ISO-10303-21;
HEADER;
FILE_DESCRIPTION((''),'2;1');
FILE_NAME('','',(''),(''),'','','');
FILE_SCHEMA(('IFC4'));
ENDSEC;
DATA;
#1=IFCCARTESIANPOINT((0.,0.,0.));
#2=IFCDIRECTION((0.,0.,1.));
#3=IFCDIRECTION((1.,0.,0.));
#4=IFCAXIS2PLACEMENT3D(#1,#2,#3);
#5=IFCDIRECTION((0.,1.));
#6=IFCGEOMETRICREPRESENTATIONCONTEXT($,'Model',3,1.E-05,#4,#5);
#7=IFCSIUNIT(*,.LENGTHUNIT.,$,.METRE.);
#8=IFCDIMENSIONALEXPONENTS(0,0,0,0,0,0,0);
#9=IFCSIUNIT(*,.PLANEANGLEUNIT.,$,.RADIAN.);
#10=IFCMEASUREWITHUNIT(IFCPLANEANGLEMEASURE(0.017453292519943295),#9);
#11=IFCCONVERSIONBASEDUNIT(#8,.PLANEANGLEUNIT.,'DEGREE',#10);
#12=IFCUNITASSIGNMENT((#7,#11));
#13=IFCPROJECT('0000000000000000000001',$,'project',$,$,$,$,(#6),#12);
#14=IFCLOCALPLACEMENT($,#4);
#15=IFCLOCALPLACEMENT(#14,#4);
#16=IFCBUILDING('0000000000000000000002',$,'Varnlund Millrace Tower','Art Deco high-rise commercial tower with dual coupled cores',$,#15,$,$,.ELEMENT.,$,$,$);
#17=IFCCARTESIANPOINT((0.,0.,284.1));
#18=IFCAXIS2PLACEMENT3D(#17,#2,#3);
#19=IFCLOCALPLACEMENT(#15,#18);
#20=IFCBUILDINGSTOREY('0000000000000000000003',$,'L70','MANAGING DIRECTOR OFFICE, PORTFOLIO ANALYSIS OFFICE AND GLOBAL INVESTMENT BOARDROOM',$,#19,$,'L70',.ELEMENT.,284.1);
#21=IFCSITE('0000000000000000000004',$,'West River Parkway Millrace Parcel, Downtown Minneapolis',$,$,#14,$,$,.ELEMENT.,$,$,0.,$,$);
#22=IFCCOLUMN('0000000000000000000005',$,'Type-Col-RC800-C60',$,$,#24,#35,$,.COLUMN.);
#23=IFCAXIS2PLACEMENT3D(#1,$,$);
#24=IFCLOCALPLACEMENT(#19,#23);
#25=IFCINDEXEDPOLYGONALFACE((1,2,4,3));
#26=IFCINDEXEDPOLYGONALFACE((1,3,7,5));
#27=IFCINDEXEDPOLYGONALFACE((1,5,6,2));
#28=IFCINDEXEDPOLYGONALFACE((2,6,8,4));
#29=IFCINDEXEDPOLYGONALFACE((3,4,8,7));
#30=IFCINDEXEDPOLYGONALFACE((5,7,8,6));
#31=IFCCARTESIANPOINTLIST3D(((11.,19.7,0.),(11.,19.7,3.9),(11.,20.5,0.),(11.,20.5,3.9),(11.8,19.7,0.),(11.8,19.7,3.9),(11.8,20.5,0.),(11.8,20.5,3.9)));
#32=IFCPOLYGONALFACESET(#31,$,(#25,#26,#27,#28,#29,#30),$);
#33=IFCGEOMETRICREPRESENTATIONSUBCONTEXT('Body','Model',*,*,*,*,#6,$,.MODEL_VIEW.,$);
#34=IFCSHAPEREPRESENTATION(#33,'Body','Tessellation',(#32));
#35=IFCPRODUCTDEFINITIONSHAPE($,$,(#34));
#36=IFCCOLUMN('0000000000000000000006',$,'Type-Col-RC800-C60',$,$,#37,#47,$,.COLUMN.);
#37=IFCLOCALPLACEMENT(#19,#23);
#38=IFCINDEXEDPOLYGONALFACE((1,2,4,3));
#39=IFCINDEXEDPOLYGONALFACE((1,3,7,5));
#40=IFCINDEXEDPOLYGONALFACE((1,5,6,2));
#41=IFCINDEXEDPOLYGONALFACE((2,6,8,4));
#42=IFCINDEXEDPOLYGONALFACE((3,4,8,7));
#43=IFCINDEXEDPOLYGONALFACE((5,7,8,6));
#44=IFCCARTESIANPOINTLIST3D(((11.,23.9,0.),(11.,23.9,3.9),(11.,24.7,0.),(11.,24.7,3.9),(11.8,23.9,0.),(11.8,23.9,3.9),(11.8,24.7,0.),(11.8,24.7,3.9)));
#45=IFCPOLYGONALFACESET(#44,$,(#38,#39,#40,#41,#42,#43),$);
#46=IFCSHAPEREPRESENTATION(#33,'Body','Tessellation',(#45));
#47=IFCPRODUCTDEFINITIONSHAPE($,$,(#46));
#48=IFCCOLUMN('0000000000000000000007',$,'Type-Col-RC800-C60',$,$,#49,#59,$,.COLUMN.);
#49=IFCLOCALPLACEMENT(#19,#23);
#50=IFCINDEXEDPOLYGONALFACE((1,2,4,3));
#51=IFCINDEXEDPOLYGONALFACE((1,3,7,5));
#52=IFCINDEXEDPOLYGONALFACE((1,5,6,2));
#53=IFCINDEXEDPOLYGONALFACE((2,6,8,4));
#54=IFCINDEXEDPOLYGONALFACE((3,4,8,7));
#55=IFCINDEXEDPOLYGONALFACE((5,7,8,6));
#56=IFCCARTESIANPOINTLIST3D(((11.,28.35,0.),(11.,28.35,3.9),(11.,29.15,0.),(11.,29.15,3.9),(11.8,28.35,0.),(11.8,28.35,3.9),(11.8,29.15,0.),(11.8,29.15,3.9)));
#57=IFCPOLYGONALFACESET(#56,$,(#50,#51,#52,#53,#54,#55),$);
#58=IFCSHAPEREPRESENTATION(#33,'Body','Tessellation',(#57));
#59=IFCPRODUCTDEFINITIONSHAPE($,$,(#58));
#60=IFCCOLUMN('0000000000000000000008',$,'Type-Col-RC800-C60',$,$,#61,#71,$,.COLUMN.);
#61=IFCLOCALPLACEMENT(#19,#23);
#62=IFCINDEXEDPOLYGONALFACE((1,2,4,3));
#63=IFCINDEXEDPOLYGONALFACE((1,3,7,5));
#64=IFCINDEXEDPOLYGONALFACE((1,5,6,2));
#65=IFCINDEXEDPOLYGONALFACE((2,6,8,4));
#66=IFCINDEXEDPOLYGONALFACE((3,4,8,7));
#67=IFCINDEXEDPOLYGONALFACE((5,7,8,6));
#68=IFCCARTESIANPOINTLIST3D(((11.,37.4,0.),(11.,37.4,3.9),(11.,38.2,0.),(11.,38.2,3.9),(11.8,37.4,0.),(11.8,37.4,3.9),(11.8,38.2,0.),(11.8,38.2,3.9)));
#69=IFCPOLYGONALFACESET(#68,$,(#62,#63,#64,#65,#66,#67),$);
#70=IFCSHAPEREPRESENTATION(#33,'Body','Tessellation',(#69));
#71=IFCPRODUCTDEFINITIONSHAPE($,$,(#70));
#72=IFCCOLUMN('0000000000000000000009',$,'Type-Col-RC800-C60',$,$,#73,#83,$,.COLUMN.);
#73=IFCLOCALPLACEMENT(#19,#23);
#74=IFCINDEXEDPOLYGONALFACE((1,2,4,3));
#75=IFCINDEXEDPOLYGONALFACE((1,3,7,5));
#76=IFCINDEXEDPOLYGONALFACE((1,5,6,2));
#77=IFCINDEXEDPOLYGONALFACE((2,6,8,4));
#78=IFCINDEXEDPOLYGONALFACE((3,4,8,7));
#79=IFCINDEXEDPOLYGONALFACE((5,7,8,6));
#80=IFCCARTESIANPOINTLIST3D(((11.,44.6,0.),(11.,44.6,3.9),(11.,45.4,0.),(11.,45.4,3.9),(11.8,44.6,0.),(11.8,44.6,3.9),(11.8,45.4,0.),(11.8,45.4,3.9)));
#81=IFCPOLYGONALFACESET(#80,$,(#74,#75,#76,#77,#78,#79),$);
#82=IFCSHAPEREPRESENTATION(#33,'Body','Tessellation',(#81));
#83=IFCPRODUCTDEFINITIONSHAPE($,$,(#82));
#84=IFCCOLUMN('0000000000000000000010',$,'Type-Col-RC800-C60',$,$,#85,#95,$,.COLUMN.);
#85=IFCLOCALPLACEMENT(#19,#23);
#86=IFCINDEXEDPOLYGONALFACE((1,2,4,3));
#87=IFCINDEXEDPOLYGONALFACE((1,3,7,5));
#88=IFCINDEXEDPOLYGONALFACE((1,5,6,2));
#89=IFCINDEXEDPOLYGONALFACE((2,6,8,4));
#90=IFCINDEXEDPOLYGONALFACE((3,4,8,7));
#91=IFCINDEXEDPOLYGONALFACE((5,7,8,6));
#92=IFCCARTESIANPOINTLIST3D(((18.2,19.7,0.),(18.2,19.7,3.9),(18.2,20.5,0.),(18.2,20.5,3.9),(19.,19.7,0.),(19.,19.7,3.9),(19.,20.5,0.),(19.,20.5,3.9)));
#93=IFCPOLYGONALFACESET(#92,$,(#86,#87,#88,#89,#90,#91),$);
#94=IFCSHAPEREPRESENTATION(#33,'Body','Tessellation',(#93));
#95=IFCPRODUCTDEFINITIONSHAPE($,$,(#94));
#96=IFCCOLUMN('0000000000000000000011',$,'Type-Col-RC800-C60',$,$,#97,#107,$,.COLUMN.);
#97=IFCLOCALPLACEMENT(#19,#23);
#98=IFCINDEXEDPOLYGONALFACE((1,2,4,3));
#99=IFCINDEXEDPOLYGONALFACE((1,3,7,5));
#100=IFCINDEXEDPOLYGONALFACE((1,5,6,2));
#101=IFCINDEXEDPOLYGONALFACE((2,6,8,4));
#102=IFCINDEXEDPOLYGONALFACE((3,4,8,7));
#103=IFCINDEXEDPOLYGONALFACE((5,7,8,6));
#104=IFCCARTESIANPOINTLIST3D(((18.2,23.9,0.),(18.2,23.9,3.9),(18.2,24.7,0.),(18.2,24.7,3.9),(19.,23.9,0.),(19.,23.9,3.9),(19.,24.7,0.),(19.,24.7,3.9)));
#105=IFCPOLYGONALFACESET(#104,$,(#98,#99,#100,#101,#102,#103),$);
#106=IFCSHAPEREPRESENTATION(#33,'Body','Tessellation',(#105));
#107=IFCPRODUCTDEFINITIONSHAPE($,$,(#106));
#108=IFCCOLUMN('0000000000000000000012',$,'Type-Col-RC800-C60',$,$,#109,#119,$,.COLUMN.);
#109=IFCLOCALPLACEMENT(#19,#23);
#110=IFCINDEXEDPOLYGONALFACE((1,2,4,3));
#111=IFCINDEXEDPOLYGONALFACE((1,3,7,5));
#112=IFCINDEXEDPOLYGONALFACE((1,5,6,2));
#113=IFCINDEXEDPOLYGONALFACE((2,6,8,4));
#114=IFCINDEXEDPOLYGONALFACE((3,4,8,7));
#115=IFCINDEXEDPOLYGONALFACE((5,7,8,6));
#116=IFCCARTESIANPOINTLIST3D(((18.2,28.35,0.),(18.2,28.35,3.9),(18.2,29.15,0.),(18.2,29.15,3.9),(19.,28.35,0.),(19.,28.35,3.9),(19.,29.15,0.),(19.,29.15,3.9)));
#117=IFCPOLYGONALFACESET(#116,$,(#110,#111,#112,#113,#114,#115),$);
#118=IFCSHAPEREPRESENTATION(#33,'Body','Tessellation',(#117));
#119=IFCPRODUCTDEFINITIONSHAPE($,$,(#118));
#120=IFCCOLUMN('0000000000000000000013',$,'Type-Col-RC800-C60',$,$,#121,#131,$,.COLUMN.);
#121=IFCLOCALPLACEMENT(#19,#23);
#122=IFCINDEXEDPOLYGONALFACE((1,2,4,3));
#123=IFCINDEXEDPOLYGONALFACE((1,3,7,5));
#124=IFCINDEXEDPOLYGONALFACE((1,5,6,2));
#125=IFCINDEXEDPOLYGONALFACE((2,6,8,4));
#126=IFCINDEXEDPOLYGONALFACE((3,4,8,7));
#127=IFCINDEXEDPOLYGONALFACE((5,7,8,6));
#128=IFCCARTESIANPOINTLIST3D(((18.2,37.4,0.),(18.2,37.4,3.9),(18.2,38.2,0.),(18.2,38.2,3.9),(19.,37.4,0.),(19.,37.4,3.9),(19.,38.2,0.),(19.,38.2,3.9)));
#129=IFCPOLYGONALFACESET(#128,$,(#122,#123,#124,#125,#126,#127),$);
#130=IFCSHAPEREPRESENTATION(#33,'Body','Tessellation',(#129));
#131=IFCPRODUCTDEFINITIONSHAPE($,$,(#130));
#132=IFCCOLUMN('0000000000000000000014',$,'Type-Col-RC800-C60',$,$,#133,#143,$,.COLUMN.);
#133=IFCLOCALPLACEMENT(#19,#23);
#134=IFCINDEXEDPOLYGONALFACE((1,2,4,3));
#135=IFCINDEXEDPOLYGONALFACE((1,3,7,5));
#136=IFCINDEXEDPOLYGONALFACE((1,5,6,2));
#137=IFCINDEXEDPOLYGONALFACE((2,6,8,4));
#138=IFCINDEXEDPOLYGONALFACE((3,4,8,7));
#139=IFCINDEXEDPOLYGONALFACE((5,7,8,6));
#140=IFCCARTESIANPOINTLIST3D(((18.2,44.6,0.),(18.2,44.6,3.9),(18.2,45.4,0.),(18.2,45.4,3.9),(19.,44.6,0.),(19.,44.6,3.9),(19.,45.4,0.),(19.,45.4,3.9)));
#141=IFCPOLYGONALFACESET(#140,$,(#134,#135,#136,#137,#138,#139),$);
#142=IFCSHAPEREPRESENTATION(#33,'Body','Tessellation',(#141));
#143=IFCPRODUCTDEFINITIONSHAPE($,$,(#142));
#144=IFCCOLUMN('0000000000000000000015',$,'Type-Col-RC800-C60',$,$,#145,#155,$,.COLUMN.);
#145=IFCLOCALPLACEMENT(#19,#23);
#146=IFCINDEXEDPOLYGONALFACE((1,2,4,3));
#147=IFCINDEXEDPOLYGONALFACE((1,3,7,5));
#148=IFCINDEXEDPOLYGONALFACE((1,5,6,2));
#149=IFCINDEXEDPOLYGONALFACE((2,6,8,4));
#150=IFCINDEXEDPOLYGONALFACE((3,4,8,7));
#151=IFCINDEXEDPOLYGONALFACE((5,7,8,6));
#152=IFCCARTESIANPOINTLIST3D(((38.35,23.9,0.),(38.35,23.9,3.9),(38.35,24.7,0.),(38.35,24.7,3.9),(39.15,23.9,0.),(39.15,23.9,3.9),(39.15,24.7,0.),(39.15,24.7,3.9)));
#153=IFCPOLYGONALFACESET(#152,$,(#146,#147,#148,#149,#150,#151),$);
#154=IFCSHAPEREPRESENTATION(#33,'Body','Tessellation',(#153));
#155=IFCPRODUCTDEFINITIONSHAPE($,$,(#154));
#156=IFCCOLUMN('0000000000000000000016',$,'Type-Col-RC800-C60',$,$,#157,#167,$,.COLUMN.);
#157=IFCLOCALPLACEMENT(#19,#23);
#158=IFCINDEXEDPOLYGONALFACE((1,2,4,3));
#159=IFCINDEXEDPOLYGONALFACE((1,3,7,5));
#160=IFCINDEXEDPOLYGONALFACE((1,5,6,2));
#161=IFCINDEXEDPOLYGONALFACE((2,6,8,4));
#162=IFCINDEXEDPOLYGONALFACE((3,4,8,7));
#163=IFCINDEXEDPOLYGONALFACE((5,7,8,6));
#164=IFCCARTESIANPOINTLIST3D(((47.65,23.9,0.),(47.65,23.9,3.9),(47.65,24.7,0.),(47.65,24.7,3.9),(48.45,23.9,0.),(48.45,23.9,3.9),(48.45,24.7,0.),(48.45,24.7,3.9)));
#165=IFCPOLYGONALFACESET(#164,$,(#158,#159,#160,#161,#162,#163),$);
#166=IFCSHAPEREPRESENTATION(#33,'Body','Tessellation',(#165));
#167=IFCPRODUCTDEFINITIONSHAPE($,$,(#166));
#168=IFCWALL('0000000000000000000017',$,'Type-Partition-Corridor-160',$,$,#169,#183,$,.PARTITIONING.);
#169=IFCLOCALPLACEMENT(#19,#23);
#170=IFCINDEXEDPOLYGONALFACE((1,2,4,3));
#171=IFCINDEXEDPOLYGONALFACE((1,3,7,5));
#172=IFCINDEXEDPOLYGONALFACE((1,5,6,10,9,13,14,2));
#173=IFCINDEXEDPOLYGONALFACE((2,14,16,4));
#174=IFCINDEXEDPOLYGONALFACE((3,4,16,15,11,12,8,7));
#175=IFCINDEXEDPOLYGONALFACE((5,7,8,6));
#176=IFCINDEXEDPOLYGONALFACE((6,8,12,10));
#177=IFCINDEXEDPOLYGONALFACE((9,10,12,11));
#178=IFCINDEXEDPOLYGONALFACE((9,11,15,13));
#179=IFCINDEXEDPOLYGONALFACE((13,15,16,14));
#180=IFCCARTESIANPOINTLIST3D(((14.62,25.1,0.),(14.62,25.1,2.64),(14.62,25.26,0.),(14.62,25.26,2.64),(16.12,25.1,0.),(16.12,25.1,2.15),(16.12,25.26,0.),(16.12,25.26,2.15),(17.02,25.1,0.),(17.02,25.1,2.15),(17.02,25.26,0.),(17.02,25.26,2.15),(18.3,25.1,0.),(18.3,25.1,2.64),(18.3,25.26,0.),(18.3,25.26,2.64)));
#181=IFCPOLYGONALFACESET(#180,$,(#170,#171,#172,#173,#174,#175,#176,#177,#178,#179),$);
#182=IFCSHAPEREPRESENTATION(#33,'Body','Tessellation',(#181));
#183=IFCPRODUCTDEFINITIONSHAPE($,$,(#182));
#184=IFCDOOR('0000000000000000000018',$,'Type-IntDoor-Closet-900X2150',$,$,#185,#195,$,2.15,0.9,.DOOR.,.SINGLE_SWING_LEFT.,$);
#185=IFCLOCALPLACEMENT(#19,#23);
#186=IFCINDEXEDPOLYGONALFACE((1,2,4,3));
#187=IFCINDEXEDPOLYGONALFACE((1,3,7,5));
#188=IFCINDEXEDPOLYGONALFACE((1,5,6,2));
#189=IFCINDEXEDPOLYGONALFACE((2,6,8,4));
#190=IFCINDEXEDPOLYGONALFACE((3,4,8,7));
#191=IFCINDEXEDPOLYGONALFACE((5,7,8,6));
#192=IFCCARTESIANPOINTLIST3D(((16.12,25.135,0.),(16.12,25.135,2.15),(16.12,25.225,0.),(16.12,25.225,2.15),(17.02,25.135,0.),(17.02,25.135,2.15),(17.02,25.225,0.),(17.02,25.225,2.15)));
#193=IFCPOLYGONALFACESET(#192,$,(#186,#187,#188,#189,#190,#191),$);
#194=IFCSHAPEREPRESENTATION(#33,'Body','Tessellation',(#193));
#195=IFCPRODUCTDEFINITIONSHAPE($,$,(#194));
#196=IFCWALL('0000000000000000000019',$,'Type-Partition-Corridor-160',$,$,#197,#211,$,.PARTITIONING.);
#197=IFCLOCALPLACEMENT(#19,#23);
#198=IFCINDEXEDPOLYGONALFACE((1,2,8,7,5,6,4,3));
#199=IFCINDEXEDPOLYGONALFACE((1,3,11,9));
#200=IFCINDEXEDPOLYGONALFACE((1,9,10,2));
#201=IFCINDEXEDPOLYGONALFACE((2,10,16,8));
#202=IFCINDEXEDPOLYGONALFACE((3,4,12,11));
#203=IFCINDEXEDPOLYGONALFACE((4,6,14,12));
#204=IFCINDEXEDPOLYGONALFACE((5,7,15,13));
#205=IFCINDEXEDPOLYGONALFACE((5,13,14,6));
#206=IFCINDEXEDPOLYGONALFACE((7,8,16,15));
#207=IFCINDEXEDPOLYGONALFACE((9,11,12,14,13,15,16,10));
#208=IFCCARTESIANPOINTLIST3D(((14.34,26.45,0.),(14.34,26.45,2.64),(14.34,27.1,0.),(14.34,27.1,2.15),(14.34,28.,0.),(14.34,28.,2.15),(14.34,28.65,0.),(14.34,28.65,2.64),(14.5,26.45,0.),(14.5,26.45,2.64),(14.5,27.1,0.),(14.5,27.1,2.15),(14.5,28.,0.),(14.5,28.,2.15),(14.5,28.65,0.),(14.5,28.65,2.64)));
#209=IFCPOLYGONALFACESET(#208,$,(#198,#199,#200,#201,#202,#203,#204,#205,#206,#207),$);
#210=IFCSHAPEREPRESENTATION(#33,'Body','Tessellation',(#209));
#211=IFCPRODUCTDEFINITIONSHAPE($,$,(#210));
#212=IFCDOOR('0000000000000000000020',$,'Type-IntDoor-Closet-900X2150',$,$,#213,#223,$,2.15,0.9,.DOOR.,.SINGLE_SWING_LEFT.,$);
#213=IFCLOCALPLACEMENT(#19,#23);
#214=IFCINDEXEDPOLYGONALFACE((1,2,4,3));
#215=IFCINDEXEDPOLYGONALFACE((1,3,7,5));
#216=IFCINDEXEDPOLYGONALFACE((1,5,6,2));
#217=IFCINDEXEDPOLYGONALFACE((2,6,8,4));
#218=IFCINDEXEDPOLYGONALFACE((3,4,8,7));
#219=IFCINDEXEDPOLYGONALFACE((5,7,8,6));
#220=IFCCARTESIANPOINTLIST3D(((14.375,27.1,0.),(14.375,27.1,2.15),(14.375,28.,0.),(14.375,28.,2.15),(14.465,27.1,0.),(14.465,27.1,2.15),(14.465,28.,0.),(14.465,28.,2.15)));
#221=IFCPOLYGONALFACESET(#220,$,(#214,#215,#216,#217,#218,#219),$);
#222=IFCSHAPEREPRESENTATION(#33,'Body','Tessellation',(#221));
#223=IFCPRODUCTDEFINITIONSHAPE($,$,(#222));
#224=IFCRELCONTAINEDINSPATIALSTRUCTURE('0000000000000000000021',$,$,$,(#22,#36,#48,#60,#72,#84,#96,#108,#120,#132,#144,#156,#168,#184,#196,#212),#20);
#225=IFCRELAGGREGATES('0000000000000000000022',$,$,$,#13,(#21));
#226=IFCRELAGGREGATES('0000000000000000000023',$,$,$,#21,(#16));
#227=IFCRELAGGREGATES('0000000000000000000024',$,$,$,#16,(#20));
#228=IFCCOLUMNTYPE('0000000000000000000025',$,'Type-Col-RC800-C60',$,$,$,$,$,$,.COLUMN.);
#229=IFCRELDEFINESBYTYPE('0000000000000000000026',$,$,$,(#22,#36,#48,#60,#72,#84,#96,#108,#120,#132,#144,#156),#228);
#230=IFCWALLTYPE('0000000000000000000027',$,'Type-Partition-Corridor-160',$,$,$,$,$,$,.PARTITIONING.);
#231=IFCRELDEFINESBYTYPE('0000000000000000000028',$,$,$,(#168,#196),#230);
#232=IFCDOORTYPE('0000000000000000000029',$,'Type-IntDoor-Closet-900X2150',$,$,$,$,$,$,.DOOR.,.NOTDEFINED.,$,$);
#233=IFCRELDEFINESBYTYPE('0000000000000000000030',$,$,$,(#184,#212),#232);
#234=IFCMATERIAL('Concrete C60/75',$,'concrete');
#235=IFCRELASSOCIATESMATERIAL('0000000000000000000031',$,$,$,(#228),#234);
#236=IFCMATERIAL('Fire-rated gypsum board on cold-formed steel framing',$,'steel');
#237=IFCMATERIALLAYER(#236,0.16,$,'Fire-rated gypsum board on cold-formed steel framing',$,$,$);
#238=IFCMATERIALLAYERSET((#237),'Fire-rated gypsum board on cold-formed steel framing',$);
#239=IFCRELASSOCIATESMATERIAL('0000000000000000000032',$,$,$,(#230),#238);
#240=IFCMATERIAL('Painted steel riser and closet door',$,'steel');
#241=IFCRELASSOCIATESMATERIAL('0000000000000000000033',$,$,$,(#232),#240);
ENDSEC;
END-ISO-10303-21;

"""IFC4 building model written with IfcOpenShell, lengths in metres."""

from ifc_helpers import new_model, entity, si_unit, converted_unit, direction, frame, origin_with_axes, origin_2d_with_axis, place, context, subcontext, project, spatial, polyline, rectangle, outline, extrude, material, layer, layer_set, material_profile, profile_set, type_object, element, fill, save


model = new_model("IFC4")

# Units and contexts
model_context = context("Model", 3, precision=1e-05, world=origin_with_axes(), true_north=direction((0.0, 1.0)))
body_context = subcontext(model_context, "Body", "Model", "MODEL_VIEW")
ifc_project = project(units=[si_unit("LENGTHUNIT", "METRE"), converted_unit("PLANEANGLEUNIT", "DEGREE", entity("IfcPlaneAngleMeasure", 0.017453292519943295), si_unit("PLANEANGLEUNIT", "RADIAN"), dimensions=[0, 0, 0, 0, 0, 0, 0])], contexts=[model_context])

# Site, building, storey
site_placement = place(None, origin_with_axes())
site = spatial("IfcSite", under=ifc_project, at=site_placement, Name="West River Parkway Millrace Parcel, Downtown Minneapolis", CompositionType="ELEMENT", RefElevation=0.0)
building_placement = place(site_placement, origin_with_axes())
building = spatial("IfcBuilding", under=site, at=building_placement, Name="Varnlund Millrace Tower", Description="Art Deco high-rise commercial tower with dual coupled cores", CompositionType="ELEMENT")
storey_placement = place(building_placement, frame((0.0, 0.0, 284.1), z_axis=(0.0, 0.0, 1.0), x_axis=(1.0, 0.0, 0.0)))
storey = spatial("IfcBuildingStorey", under=building, at=storey_placement, Name="L70", Description="MANAGING DIRECTOR OFFICE, PORTFOLIO ANALYSIS OFFICE AND GLOBAL INVESTMENT BOARDROOM", LongName="L70", CompositionType="ELEMENT", Elevation=284.1)

# Columns
ifc_material_1 = material(Name="Concrete C60/75", Category="concrete")
ifc_material_profile = material_profile(ifc_material_1, rectangle(XDim=0.8, YDim=0.8, at=origin_2d_with_axis()), Name="Concrete C60/75")
ifc_profile_set = profile_set([ifc_material_profile], Name="Concrete C60/75")
column_type = type_object("IfcColumnType", Name="Type-Col-RC800-C60", PredefinedType="COLUMN", material=ifc_profile_set)
for number, where, z_axis, x_axis, name in (
    (1, (11.4, 20.1, 0.0), (0.0, 0.0, 1.0), (1.0, 0.0, 0.0), "Type-Col-RC800-C60"),
    (2, (11.4, 24.3, 0.0), (0.0, 0.0, 1.0), (1.0, 0.0, 0.0), "Type-Col-RC800-C60"),
    (3, (11.4, 28.75, 0.0), (0.0, 0.0, 1.0), (1.0, 0.0, 0.0), "Type-Col-RC800-C60"),
    (4, (11.4, 37.8, 0.0), (0.0, 0.0, 1.0), (1.0, 0.0, 0.0), "Type-Col-RC800-C60"),
    (5, (11.4, 45.0, 0.0), (0.0, 0.0, 1.0), (1.0, 0.0, 0.0), "Type-Col-RC800-C60"),
    (6, (18.6, 20.1, 0.0), (0.0, 0.0, 1.0), (1.0, 0.0, 0.0), "Type-Col-RC800-C60"),
    (7, (18.6, 24.3, 0.0), (0.0, 0.0, 1.0), (1.0, 0.0, 0.0), "Type-Col-RC800-C60"),
    (8, (18.6, 28.75, 0.0), (0.0, 0.0, 1.0), (1.0, 0.0, 0.0), "Type-Col-RC800-C60"),
    (9, (18.6, 37.8, 0.0), (0.0, 0.0, 1.0), (1.0, 0.0, 0.0), "Type-Col-RC800-C60"),
    (10, (18.6, 45.0, 0.0), (0.0, 0.0, 1.0), (1.0, 0.0, 0.0), "Type-Col-RC800-C60"),
    (11, (38.75, 24.3, 0.0), (0.0, 0.0, 1.0), (1.0, 0.0, 0.0), "Type-Col-RC800-C60"),
    (12, (48.05, 24.3, 0.0), (0.0, 0.0, 1.0), (1.0, 0.0, 0.0), "Type-Col-RC800-C60"),
):
    element("IfcColumn", number, at=place(storey_placement, frame(where, z_axis=z_axis, x_axis=x_axis)), inside=storey, type_object=column_type, Name=name, PredefinedType="COLUMN", context=body_context, shape_type="SweptSolid", body=[
        extrude(rectangle(XDim=0.8, YDim=0.8, at=origin_2d_with_axis()), origin_with_axes(), (0.0, 0.0, 1.0), 3.9),
    ])

# Walls, openings, doors
ifc_material_2 = material(Name="Fire-rated gypsum board on cold-formed steel framing", Category="steel")
ifc_layer_1 = layer(ifc_material_2, 0.16, Name="Fire-rated gypsum board on cold-formed steel framing")
ifc_layer_set_1 = layer_set([ifc_layer_1], Name="Fire-rated gypsum board on cold-formed steel framing")
wall_type_1 = type_object("IfcWallType", Name="Type-Partition-Corridor-160", PredefinedType="PARTITIONING", material=ifc_layer_set_1)
wall_1_placement = place(storey_placement, frame((14.62, 25.18, 0.0), z_axis=(0.0, 0.0, 1.0), x_axis=(1.0, 0.0, 0.0)))
wall_1 = element("IfcWall", 13, at=wall_1_placement, inside=storey, type_object=wall_type_1, Name="Type-Partition-Corridor-160", PredefinedType="PARTITIONING", context=body_context, shape_type="SweptSolid", body=[
    extrude(outline(polyline([(0.0, -0.08), (3.68, -0.08), (3.68, 0.08), (0.0, 0.08), (0.0, -0.08)])), origin_with_axes(), (0.0, 0.0, 1.0), 2.64),
])
opening_1_placement = place(wall_1_placement, frame((1.95, 0.0, 0.0), z_axis=(0.0, 0.0, 1.0), x_axis=(1.0, 0.0, 0.0)))
opening_1 = element("IfcOpeningElement", 14, at=opening_1_placement, cuts=wall_1, PredefinedType="OPENING", context=body_context, shape_type="SweptSolid", body=[
    extrude(rectangle(XDim=0.9, YDim=0.18, at=origin_2d_with_axis()), origin_with_axes(), (0.0, 0.0, 1.0), 2.15),
])
ifc_material_3 = material(Name="Painted steel riser and closet door", Category="steel")
door_type_1 = type_object("IfcDoorType", Name="Type-IntDoor-Closet-900X2150", OperationType="NOTDEFINED", PredefinedType="DOOR", material=ifc_material_3)
door_1_placement = place(wall_1_placement, frame((1.95, 0.0, 0.0), z_axis=(0.0, 0.0, 1.0), x_axis=(1.0, 0.0, 0.0)))
door_1 = element("IfcDoor", 15, at=door_1_placement, inside=storey, type_object=door_type_1, Name="Type-IntDoor-Closet-900X2150", OperationType="SINGLE_SWING_LEFT", OverallHeight=2.15, OverallWidth=0.9, PredefinedType="DOOR", context=body_context, shape_type="SweptSolid", body=[
    extrude(rectangle(XDim=0.9, YDim=0.09, at=origin_2d_with_axis()), origin_with_axes(), (0.0, 0.0, 1.0), 2.15),
])
fill(opening_1, door_1)
wall_2_placement = place(storey_placement, frame((14.42, 26.45, 0.0), z_axis=(0.0, 0.0, 1.0), x_axis=(0.0, 1.0, 0.0)))
wall_2 = element("IfcWall", 16, at=wall_2_placement, inside=storey, type_object=wall_type_1, Name="Type-Partition-Corridor-160", PredefinedType="PARTITIONING", context=body_context, shape_type="SweptSolid", body=[
    extrude(outline(polyline([(0.0, -0.08), (2.2, -0.08), (2.2, 0.08), (0.0, 0.08), (0.0, -0.08)])), origin_with_axes(), (0.0, 0.0, 1.0), 2.64),
])
opening_2_placement = place(wall_2_placement, frame((1.1, 0.0, 0.0), z_axis=(0.0, 0.0, 1.0), x_axis=(1.0, 0.0, 0.0)))
opening_2 = element("IfcOpeningElement", 17, at=opening_2_placement, cuts=wall_2, PredefinedType="OPENING", context=body_context, shape_type="SweptSolid", body=[
    extrude(rectangle(XDim=0.9, YDim=0.18, at=origin_2d_with_axis()), origin_with_axes(), (0.0, 0.0, 1.0), 2.15),
])
door_2_placement = place(wall_2_placement, frame((1.1, 0.0, 0.0), z_axis=(0.0, 0.0, 1.0), x_axis=(1.0, 0.0, 0.0)))
door_2 = element("IfcDoor", 18, at=door_2_placement, inside=storey, type_object=door_type_1, Name="Type-IntDoor-Closet-900X2150", OperationType="SINGLE_SWING_LEFT", OverallHeight=2.15, OverallWidth=0.9, PredefinedType="DOOR", context=body_context, shape_type="SweptSolid", body=[
    extrude(rectangle(XDim=0.9, YDim=0.09, at=origin_2d_with_axis()), origin_with_axes(), (0.0, 0.0, 1.0), 2.15),
])
fill(opening_2, door_2)

save(model, "model.ifc")
